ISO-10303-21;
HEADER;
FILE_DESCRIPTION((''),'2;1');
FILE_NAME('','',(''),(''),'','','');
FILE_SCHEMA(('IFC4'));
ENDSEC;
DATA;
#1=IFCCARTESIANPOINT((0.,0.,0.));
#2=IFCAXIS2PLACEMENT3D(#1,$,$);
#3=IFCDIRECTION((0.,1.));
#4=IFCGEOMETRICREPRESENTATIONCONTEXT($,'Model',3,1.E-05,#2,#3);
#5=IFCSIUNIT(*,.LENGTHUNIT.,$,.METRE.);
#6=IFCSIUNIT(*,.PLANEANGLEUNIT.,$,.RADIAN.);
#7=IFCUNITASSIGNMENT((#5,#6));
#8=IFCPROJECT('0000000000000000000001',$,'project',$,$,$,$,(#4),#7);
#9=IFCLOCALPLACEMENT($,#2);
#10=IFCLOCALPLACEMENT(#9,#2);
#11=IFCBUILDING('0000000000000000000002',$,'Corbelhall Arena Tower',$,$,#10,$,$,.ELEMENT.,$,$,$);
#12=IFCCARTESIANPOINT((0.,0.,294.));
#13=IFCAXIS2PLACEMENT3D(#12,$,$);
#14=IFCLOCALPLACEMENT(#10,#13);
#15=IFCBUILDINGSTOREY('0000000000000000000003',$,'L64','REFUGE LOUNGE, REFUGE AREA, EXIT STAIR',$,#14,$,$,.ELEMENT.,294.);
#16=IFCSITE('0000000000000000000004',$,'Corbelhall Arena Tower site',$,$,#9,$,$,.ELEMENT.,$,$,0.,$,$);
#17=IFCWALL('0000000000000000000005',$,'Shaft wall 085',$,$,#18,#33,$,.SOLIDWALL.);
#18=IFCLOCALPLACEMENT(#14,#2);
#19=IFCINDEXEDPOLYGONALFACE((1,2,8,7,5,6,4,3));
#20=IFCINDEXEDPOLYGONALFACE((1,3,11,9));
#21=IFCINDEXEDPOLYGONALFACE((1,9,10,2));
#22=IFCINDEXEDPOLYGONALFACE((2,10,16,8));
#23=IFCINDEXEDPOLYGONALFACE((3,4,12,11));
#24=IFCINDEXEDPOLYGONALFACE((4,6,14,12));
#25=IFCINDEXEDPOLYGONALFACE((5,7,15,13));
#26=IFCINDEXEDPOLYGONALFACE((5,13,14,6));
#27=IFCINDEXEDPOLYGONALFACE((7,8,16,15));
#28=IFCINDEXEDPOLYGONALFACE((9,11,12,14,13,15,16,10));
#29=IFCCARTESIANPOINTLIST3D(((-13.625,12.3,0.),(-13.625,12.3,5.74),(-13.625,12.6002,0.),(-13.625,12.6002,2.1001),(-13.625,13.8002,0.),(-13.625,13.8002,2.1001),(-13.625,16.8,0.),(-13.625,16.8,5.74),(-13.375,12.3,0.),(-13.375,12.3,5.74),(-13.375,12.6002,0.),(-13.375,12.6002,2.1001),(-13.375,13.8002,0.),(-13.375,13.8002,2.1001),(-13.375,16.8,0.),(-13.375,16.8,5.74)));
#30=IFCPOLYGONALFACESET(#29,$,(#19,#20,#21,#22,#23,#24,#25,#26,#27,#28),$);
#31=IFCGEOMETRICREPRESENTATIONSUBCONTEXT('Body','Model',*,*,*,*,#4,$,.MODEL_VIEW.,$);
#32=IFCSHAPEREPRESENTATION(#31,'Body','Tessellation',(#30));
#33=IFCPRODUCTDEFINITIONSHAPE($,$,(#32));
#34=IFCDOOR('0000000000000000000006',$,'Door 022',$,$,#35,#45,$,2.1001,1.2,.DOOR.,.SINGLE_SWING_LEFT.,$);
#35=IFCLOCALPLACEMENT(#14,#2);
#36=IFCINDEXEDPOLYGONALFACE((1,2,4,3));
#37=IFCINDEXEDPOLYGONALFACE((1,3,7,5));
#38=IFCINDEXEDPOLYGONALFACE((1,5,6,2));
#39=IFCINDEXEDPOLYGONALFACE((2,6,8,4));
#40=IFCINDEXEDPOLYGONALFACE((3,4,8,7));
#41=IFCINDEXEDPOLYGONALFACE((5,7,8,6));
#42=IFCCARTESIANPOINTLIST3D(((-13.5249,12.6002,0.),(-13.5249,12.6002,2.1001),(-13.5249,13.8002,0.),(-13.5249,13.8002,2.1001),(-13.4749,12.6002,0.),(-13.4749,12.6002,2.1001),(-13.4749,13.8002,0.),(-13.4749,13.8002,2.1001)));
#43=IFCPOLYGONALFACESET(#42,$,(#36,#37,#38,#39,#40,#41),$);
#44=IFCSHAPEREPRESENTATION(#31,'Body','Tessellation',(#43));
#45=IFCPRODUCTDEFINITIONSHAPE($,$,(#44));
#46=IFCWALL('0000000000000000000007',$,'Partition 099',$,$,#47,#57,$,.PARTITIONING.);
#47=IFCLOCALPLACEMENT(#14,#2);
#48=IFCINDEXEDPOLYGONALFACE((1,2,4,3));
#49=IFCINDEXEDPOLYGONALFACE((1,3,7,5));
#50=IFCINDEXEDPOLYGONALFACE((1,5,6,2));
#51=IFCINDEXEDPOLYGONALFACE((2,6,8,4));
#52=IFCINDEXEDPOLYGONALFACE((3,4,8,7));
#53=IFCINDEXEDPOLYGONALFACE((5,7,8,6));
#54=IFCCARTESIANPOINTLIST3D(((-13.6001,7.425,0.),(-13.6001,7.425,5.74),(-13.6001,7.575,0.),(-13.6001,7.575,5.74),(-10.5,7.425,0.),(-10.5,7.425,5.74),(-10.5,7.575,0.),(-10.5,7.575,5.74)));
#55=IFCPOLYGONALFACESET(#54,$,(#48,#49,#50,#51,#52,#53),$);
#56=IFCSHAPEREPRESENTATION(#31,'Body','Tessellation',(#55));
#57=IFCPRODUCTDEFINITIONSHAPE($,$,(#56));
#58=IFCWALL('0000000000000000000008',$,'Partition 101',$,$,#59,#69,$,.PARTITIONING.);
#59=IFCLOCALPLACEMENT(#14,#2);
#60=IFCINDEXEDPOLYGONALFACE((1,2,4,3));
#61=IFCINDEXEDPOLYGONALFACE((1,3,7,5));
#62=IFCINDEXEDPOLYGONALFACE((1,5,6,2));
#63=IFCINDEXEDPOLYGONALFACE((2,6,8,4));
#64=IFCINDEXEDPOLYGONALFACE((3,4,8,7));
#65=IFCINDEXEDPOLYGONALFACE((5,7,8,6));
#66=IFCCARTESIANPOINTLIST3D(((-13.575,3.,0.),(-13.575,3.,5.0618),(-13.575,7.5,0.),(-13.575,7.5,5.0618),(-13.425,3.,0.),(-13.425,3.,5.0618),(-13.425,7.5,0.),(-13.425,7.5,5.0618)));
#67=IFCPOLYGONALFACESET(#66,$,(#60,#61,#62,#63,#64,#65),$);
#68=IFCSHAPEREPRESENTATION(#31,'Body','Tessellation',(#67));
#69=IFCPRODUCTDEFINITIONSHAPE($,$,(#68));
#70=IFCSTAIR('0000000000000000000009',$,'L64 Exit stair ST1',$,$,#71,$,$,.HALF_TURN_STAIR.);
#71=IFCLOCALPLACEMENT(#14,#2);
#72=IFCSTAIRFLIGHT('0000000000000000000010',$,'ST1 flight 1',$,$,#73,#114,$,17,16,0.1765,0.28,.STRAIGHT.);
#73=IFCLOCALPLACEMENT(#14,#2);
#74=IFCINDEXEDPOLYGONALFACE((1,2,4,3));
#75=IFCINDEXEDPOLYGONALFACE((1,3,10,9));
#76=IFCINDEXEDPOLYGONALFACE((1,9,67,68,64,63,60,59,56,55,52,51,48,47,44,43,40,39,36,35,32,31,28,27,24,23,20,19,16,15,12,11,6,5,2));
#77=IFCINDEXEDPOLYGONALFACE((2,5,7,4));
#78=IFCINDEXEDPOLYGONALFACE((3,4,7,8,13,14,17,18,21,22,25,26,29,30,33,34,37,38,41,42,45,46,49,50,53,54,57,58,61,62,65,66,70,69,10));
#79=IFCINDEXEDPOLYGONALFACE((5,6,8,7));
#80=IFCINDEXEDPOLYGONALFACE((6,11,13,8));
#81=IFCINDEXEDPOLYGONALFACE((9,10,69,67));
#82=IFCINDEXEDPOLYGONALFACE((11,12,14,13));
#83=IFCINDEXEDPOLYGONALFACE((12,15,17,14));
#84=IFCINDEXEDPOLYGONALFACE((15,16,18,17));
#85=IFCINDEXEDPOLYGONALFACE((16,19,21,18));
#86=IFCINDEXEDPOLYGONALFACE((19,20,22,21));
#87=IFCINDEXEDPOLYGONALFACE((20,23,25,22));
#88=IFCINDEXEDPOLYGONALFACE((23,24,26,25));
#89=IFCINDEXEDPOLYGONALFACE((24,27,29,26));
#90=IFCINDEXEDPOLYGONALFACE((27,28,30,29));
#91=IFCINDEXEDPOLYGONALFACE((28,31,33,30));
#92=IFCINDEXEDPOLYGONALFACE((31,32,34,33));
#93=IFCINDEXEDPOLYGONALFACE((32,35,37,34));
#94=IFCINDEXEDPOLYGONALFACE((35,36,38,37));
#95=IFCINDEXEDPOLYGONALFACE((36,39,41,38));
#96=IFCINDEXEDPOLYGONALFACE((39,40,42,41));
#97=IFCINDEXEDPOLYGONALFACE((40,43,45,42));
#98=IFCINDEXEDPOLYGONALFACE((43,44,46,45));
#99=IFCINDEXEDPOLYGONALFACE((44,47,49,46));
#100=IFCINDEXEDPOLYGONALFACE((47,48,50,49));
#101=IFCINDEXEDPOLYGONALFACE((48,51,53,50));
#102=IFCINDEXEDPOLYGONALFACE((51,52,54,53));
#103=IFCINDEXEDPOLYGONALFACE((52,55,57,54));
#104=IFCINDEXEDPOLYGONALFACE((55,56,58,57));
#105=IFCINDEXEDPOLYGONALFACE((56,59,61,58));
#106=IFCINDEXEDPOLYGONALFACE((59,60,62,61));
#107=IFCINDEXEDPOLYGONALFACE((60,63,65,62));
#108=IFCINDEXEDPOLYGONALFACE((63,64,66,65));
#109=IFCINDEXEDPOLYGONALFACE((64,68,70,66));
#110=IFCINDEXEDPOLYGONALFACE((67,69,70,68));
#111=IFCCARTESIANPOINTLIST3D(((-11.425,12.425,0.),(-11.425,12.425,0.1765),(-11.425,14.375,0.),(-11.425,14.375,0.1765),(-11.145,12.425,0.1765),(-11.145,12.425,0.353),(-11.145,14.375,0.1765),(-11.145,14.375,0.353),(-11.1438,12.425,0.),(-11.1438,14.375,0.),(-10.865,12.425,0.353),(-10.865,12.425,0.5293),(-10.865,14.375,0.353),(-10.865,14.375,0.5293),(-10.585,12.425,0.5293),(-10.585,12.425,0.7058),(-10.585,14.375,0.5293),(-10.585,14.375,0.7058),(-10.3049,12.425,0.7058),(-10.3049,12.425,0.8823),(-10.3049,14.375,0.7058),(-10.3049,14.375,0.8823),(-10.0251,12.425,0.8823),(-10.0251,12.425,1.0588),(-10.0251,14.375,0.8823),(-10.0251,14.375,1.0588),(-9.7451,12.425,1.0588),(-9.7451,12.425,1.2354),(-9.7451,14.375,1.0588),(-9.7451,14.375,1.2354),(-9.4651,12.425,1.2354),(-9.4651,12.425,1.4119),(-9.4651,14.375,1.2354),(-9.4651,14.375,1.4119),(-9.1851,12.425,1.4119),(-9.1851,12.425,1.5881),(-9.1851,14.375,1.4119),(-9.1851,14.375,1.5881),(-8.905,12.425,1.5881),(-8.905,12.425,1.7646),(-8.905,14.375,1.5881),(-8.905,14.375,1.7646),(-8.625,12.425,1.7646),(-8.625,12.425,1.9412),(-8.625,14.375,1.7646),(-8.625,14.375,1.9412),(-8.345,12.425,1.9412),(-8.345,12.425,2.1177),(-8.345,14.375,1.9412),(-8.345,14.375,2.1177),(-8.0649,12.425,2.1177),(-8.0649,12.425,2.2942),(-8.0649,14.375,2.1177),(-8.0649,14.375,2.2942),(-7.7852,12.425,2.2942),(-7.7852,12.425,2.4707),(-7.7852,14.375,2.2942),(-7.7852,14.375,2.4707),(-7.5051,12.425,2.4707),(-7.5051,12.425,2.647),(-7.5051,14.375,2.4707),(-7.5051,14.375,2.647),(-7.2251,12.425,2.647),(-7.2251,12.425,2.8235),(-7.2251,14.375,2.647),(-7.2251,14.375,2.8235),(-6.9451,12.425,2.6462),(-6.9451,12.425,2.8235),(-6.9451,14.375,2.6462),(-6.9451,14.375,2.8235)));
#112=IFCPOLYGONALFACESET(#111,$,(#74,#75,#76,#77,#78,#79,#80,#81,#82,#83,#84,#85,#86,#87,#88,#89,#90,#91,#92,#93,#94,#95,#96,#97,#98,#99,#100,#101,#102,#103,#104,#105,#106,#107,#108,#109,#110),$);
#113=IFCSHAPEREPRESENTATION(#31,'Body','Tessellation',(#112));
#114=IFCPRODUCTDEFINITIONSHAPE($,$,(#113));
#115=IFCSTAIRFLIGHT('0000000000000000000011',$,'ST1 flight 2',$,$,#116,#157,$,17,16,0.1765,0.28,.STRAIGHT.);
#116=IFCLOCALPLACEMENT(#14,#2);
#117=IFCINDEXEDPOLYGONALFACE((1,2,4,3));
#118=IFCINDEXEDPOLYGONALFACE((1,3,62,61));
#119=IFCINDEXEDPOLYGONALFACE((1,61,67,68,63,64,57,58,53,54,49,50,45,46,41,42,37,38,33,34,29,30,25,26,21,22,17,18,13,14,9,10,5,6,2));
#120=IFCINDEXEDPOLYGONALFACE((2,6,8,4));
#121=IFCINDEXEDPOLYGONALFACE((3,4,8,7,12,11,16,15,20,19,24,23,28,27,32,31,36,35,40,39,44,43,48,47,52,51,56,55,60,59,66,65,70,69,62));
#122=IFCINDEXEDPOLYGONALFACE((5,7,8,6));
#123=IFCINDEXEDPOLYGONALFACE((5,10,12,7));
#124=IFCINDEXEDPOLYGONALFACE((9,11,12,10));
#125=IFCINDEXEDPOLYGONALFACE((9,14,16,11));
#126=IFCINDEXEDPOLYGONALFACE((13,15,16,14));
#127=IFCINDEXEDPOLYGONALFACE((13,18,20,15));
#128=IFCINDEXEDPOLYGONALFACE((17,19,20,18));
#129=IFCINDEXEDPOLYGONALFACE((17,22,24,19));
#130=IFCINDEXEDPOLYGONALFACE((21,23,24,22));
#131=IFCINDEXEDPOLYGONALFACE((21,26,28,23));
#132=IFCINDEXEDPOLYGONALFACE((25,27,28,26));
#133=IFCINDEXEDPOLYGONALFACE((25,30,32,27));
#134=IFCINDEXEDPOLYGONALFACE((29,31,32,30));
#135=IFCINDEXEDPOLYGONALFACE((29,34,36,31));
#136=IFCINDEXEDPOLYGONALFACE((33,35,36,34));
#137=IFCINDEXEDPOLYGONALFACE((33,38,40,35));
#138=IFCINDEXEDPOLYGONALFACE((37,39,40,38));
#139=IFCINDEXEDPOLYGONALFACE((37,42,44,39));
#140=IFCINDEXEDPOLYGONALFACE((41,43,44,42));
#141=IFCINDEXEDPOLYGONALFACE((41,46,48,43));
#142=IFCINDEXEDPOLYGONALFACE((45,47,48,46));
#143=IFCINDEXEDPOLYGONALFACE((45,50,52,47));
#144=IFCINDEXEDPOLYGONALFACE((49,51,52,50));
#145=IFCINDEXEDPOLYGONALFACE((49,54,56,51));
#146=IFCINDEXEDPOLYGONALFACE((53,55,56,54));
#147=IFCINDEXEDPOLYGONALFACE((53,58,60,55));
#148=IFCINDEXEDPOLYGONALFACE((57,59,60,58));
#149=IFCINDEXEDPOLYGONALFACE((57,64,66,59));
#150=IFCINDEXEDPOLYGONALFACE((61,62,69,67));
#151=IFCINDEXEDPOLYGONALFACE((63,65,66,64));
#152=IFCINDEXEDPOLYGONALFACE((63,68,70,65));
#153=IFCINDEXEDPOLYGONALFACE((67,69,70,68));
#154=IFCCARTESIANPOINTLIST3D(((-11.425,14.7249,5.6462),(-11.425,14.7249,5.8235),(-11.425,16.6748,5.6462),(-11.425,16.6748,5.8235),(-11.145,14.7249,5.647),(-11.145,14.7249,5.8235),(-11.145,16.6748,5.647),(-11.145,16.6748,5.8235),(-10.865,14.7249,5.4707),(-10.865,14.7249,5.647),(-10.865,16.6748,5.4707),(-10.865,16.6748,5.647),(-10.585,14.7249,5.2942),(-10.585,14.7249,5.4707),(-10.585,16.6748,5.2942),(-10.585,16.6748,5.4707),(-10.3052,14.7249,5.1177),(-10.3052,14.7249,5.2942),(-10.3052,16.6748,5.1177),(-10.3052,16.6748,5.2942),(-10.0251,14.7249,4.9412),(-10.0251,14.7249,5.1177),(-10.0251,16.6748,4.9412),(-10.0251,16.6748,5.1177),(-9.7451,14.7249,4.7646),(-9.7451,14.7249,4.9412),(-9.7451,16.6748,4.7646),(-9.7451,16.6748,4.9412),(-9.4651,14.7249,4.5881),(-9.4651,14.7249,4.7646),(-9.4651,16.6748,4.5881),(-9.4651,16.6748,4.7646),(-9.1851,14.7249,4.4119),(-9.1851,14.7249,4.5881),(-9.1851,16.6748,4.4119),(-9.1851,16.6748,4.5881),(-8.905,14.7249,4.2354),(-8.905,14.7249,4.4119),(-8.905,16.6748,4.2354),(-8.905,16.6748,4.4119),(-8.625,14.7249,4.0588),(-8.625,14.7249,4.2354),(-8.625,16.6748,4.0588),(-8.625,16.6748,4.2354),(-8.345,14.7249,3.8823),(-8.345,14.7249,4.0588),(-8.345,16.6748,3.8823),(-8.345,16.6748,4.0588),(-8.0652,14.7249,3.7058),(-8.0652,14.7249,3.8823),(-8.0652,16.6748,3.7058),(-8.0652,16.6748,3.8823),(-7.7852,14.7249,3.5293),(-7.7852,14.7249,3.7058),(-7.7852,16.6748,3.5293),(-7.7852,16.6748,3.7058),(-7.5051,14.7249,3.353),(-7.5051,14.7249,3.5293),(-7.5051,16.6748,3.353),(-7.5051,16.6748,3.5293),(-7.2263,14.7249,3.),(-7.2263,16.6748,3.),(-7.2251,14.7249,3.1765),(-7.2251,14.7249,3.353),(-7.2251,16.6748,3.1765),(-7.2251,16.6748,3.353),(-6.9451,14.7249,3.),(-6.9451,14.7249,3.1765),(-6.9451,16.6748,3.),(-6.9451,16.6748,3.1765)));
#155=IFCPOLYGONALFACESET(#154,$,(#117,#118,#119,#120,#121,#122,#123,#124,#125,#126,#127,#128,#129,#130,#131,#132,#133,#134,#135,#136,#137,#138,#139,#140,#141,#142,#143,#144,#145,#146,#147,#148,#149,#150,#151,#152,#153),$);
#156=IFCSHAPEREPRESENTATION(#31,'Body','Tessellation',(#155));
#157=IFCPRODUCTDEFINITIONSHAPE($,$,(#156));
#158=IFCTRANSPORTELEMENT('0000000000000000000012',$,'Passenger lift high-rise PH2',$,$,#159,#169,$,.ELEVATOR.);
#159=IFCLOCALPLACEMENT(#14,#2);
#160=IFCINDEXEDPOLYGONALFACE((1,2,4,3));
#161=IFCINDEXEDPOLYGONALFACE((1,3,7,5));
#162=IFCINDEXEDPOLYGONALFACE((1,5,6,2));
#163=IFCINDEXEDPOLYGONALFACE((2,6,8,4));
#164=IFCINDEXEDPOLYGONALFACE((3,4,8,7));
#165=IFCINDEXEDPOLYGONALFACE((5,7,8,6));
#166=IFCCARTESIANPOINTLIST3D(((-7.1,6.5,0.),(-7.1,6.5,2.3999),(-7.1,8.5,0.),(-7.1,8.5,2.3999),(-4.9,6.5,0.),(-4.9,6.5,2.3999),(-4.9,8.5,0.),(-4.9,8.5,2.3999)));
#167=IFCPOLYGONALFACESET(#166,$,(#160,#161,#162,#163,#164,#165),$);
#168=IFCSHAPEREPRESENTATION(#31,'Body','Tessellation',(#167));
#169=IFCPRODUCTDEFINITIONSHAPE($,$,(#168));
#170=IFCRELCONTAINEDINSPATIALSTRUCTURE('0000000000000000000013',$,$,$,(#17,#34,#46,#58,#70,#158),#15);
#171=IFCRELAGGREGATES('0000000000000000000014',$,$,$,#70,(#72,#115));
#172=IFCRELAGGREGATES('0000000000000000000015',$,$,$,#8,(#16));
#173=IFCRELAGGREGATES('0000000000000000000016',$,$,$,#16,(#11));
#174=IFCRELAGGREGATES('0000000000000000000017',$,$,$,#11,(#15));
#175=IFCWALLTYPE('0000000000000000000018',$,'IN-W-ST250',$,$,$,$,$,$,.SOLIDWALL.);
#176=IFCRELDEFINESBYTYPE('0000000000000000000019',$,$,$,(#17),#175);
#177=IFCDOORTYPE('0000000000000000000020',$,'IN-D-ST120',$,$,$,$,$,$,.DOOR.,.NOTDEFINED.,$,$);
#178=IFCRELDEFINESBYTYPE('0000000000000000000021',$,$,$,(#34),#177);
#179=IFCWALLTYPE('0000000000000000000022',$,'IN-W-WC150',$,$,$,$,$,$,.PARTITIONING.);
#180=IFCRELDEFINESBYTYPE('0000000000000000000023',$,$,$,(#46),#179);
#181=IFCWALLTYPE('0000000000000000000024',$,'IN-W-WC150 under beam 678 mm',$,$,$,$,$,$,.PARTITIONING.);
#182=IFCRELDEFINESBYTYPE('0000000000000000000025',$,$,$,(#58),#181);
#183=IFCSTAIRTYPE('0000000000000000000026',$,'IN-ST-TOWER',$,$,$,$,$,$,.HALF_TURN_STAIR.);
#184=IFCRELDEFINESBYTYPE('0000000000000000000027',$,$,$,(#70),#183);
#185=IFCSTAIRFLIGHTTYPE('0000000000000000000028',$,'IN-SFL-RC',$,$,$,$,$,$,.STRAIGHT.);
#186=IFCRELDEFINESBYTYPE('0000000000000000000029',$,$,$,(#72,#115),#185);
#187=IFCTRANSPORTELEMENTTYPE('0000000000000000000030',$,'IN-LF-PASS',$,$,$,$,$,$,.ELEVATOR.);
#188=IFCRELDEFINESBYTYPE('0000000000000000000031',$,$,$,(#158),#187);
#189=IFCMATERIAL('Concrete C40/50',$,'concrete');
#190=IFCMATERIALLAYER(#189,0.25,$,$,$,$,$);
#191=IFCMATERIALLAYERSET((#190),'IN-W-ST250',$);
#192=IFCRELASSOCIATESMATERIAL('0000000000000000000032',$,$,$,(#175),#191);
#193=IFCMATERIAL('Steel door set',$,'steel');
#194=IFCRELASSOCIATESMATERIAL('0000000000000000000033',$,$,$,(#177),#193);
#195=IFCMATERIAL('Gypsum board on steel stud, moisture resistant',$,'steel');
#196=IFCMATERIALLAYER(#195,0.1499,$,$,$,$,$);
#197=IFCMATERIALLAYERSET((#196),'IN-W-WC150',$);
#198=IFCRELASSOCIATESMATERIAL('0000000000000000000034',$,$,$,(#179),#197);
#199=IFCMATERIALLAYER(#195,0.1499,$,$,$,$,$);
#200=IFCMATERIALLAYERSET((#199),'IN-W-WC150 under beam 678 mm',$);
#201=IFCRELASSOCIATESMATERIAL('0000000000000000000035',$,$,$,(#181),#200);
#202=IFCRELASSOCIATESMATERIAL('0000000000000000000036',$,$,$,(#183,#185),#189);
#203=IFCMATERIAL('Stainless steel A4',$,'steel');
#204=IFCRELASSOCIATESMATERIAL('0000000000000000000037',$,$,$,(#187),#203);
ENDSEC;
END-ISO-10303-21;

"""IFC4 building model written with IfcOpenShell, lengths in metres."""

from ifc_helpers import new_model, si_unit, direction, frame, frame_2d, origin, origin_2d, place, context, subcontext, project, spatial, polyline, rectangle, outline, extrude, material, layer, layer_set, type_object, element, fill, aggregate, save


model = new_model("IFC4")

# Units and contexts
model_context = context("Model", 3, precision=1e-05, world=origin(), true_north=direction((0.0, 1.0)))
body_context = subcontext(model_context, "Body", "Model", "MODEL_VIEW")
ifc_project = project(units=[si_unit("LENGTHUNIT", "METRE"), si_unit("PLANEANGLEUNIT", "RADIAN")], contexts=[model_context])

# Site, building, storey
site_placement = place(None, origin())
site = spatial("IfcSite", under=ifc_project, at=site_placement, Name="Corbelhall Arena Tower site", CompositionType="ELEMENT", RefElevation=0.0)
building_placement = place(site_placement, origin())
building = spatial("IfcBuilding", under=site, at=building_placement, Name="Corbelhall Arena Tower", CompositionType="ELEMENT")
storey_placement = place(building_placement, frame((0.0, 0.0, 294.0)))
storey = spatial("IfcBuildingStorey", under=building, at=storey_placement, Name="L64", Description="REFUGE LOUNGE, REFUGE AREA, EXIT STAIR", CompositionType="ELEMENT", Elevation=294.0)

# Shared definitions
ifc_material_1 = material(Name="Concrete C40/50", Category="concrete")

# Shared definitions
ifc_material_2 = material(Name="Steel door set", Category="steel")

# Wall, opening, door
ifc_layer_1 = layer(ifc_material_1, 0.25)
ifc_layer_set_1 = layer_set([ifc_layer_1], Name="IN-W-ST250")
wall_type_1 = type_object("IfcWallType", Name="IN-W-ST250", PredefinedType="SOLIDWALL", material=ifc_layer_set_1)
door_type_1 = type_object("IfcDoorType", Name="IN-D-ST120", OperationType="NOTDEFINED", PredefinedType="DOOR", material=ifc_material_2)
wall_1_placement = place(storey_placement, frame((-13.5, 12.3, 0.0), z_axis=(0.0, 0.0, 1.0), x_axis=(0.0, 1.0, 0.0)))
wall_1 = element("IfcWall", 1, at=wall_1_placement, inside=storey, type_object=wall_type_1, Name="Shaft wall 085", PredefinedType="SOLIDWALL", context=body_context, shape_type="SweptSolid", body=[
    extrude(rectangle(XDim=4.5, YDim=0.25, at=frame_2d((2.25, 0.0))), origin(), (0.0, 0.0, 1.0), 5.74),
])
opening_1_placement = place(wall_1_placement, frame((0.3, 0.0, 0.0)))
opening_1 = element("IfcOpeningElement", 2, at=opening_1_placement, cuts=wall_1, PredefinedType="OPENING", context=body_context, shape_type="SweptSolid", body=[
    extrude(rectangle(XDim=1.2, YDim=2.1001, at=frame_2d((0.6001, 1.05))), frame((0.0, 0.125, 0.0), z_axis=(0.0, -1.0, 0.0), x_axis=(1.0, 0.0, 0.0)), (0.0, 0.0, 1.0), 0.25),
])
door_1_placement = place(opening_1_placement, origin())
door_1 = element("IfcDoor", 3, at=door_1_placement, inside=storey, type_object=door_type_1, Name="Door 022", OperationType="SINGLE_SWING_LEFT", OverallHeight=2.1001, OverallWidth=1.2, PredefinedType="DOOR", context=body_context, shape_type="SweptSolid", body=[
    extrude(rectangle(XDim=1.2, YDim=2.1001, at=frame_2d((0.6001, 1.05))), frame((0.0, 0.0249, 0.0), z_axis=(0.0, -1.0, 0.0), x_axis=(1.0, 0.0, 0.0)), (0.0, 0.0, 1.0), 0.05),
])
fill(opening_1, door_1)

# Walls
ifc_material_3 = material(Name="Gypsum board on steel stud, moisture resistant", Category="steel")
ifc_layer_2 = layer(ifc_material_3, 0.1499)
ifc_layer_set_2 = layer_set([ifc_layer_2], Name="IN-W-WC150")
wall_type_2 = type_object("IfcWallType", Name="IN-W-WC150", PredefinedType="PARTITIONING", material=ifc_layer_set_2)
wall_2_placement = place(storey_placement, frame((-13.6001, 7.5, 0.0), z_axis=(0.0, 0.0, 1.0), x_axis=(1.0, 0.0, 0.0)))
element("IfcWall", 4, at=wall_2_placement, inside=storey, type_object=wall_type_2, Name="Partition 099", PredefinedType="PARTITIONING", context=body_context, shape_type="SweptSolid", body=[
    extrude(rectangle(XDim=3.1001, YDim=0.1499, at=frame_2d((1.55, 0.0))), origin(), (0.0, 0.0, 1.0), 5.74),
])
ifc_layer_3 = layer(ifc_material_3, 0.1499)
ifc_layer_set_3 = layer_set([ifc_layer_3], Name="IN-W-WC150 under beam 678 mm")
wall_type_3 = type_object("IfcWallType", Name="IN-W-WC150 under beam 678 mm", PredefinedType="PARTITIONING", material=ifc_layer_set_3)
wall_3_placement = place(storey_placement, frame((-13.5, 3.0, 0.0), z_axis=(0.0, 0.0, 1.0), x_axis=(0.0, 1.0, 0.0)))
element("IfcWall", 5, at=wall_3_placement, inside=storey, type_object=wall_type_3, Name="Partition 101", PredefinedType="PARTITIONING", context=body_context, shape_type="SweptSolid", body=[
    extrude(rectangle(XDim=4.5, YDim=0.1499, at=frame_2d((2.25, 0.0))), origin(), (0.0, 0.0, 1.0), 5.0618),
])

# Stair, stair flights
stair_type = type_object("IfcStairType", Name="IN-ST-TOWER", PredefinedType="HALF_TURN_STAIR", material=ifc_material_1)
stair_placement = place(storey_placement, origin())
stair = element("IfcStair", 6, at=stair_placement, inside=storey, type_object=stair_type, Name="L64 Exit stair ST1", PredefinedType="HALF_TURN_STAIR")
stair_flight_type = type_object("IfcStairFlightType", Name="IN-SFL-RC", PredefinedType="STRAIGHT", material=ifc_material_1)
stair_flight_1_placement = place(storey_placement, frame((-11.425, 13.3999, 0.0), z_axis=(0.0, 0.0, 1.0), x_axis=(1.0, 0.0, 0.0)))
stair_flight_1 = element("IfcStairFlight", 7, at=stair_flight_1_placement, type_object=stair_flight_type, Name="ST1 flight 1", NumberOfRisers=17, NumberOfTreads=16, PredefinedType="STRAIGHT", RiserHeight=0.1765, TreadLength=0.28, context=body_context, shape_type="SweptSolid", body=[
    extrude(outline(polyline([(0.0, 0.0), (0.0, 0.1765), (0.28, 0.1765), (0.28, 0.353), (0.5601, 0.353), (0.5601, 0.5293), (0.8401, 0.5293), (0.8401, 0.7058), (1.1201, 0.7058), (1.1201, 0.8823), (1.3999, 0.8823), (1.3999, 1.0588), (1.6799, 1.0588), (1.6799, 1.2354), (1.96, 1.2354), (1.96, 1.4119), (2.24, 1.4119), (2.24, 1.5881), (2.52, 1.5881), (2.52, 1.7646), (2.8, 1.7646), (2.8, 1.9412), (3.0801, 1.9412), (3.0801, 2.1177), (3.3601, 2.1177), (3.3601, 2.2942), (3.6399, 2.2942), (3.6399, 2.4707), (3.9199, 2.4707), (3.9199, 2.647), (4.2, 2.647), (4.2, 2.8235), (4.48, 2.8235), (4.48, 3.0), (4.48, 2.6462), (0.2812, 0.0), (0.0, 0.0)])), frame((0.0, 0.9751, 0.0), z_axis=(0.0, -1.0, 0.0), x_axis=(1.0, 0.0, 0.0)), (0.0, 0.0, 1.0), 1.95),
])
stair_flight_2_placement = place(storey_placement, frame((-6.9451, 15.7, 3.0), z_axis=(0.0, 0.0, 1.0), x_axis=(-1.0, 0.0, 0.0)))
stair_flight_2 = element("IfcStairFlight", 8, at=stair_flight_2_placement, type_object=stair_flight_type, Name="ST1 flight 2", NumberOfRisers=17, NumberOfTreads=16, PredefinedType="STRAIGHT", RiserHeight=0.1765, TreadLength=0.28, context=body_context, shape_type="SweptSolid", body=[
    extrude(outline(polyline([(0.0, 0.0), (0.0, 0.1765), (0.28, 0.1765), (0.28, 0.353), (0.5601, 0.353), (0.5601, 0.5293), (0.8401, 0.5293), (0.8401, 0.7058), (1.1201, 0.7058), (1.1201, 0.8823), (1.3999, 0.8823), (1.3999, 1.0588), (1.6799, 1.0588), (1.6799, 1.2354), (1.96, 1.2354), (1.96, 1.4119), (2.24, 1.4119), (2.24, 1.5881), (2.52, 1.5881), (2.52, 1.7646), (2.8, 1.7646), (2.8, 1.9412), (3.0801, 1.9412), (3.0801, 2.1177), (3.3601, 2.1177), (3.3601, 2.2942), (3.6399, 2.2942), (3.6399, 2.4707), (3.9199, 2.4707), (3.9199, 2.647), (4.2, 2.647), (4.2, 2.8235), (4.48, 2.8235), (4.48, 3.0), (4.48, 2.6462), (0.2812, 0.0), (0.0, 0.0)])), frame((0.0, 0.9751, 0.0), z_axis=(0.0, -1.0, 0.0), x_axis=(1.0, 0.0, 0.0)), (0.0, 0.0, 1.0), 1.95),
])
aggregate(stair, [stair_flight_1, stair_flight_2])

# Transport element
ifc_material_4 = material(Name="Stainless steel A4", Category="steel")
transport_element_type = type_object("IfcTransportElementType", Name="IN-LF-PASS", PredefinedType="ELEVATOR", material=ifc_material_4)
transport_element_placement = place(storey_placement, frame((-6.0, 7.5, 0.0), z_axis=(0.0, 0.0, 1.0), x_axis=(1.0, 0.0, 0.0)))
element("IfcTransportElement", 9, at=transport_element_placement, inside=storey, type_object=transport_element_type, Name="Passenger lift high-rise PH2", PredefinedType="ELEVATOR", context=body_context, shape_type="SweptSolid", body=[
    extrude(rectangle(XDim=2.2, YDim=2.0, at=origin_2d()), origin(), (0.0, 0.0, 1.0), 2.3999),
])

save(model, "model.ifc")
